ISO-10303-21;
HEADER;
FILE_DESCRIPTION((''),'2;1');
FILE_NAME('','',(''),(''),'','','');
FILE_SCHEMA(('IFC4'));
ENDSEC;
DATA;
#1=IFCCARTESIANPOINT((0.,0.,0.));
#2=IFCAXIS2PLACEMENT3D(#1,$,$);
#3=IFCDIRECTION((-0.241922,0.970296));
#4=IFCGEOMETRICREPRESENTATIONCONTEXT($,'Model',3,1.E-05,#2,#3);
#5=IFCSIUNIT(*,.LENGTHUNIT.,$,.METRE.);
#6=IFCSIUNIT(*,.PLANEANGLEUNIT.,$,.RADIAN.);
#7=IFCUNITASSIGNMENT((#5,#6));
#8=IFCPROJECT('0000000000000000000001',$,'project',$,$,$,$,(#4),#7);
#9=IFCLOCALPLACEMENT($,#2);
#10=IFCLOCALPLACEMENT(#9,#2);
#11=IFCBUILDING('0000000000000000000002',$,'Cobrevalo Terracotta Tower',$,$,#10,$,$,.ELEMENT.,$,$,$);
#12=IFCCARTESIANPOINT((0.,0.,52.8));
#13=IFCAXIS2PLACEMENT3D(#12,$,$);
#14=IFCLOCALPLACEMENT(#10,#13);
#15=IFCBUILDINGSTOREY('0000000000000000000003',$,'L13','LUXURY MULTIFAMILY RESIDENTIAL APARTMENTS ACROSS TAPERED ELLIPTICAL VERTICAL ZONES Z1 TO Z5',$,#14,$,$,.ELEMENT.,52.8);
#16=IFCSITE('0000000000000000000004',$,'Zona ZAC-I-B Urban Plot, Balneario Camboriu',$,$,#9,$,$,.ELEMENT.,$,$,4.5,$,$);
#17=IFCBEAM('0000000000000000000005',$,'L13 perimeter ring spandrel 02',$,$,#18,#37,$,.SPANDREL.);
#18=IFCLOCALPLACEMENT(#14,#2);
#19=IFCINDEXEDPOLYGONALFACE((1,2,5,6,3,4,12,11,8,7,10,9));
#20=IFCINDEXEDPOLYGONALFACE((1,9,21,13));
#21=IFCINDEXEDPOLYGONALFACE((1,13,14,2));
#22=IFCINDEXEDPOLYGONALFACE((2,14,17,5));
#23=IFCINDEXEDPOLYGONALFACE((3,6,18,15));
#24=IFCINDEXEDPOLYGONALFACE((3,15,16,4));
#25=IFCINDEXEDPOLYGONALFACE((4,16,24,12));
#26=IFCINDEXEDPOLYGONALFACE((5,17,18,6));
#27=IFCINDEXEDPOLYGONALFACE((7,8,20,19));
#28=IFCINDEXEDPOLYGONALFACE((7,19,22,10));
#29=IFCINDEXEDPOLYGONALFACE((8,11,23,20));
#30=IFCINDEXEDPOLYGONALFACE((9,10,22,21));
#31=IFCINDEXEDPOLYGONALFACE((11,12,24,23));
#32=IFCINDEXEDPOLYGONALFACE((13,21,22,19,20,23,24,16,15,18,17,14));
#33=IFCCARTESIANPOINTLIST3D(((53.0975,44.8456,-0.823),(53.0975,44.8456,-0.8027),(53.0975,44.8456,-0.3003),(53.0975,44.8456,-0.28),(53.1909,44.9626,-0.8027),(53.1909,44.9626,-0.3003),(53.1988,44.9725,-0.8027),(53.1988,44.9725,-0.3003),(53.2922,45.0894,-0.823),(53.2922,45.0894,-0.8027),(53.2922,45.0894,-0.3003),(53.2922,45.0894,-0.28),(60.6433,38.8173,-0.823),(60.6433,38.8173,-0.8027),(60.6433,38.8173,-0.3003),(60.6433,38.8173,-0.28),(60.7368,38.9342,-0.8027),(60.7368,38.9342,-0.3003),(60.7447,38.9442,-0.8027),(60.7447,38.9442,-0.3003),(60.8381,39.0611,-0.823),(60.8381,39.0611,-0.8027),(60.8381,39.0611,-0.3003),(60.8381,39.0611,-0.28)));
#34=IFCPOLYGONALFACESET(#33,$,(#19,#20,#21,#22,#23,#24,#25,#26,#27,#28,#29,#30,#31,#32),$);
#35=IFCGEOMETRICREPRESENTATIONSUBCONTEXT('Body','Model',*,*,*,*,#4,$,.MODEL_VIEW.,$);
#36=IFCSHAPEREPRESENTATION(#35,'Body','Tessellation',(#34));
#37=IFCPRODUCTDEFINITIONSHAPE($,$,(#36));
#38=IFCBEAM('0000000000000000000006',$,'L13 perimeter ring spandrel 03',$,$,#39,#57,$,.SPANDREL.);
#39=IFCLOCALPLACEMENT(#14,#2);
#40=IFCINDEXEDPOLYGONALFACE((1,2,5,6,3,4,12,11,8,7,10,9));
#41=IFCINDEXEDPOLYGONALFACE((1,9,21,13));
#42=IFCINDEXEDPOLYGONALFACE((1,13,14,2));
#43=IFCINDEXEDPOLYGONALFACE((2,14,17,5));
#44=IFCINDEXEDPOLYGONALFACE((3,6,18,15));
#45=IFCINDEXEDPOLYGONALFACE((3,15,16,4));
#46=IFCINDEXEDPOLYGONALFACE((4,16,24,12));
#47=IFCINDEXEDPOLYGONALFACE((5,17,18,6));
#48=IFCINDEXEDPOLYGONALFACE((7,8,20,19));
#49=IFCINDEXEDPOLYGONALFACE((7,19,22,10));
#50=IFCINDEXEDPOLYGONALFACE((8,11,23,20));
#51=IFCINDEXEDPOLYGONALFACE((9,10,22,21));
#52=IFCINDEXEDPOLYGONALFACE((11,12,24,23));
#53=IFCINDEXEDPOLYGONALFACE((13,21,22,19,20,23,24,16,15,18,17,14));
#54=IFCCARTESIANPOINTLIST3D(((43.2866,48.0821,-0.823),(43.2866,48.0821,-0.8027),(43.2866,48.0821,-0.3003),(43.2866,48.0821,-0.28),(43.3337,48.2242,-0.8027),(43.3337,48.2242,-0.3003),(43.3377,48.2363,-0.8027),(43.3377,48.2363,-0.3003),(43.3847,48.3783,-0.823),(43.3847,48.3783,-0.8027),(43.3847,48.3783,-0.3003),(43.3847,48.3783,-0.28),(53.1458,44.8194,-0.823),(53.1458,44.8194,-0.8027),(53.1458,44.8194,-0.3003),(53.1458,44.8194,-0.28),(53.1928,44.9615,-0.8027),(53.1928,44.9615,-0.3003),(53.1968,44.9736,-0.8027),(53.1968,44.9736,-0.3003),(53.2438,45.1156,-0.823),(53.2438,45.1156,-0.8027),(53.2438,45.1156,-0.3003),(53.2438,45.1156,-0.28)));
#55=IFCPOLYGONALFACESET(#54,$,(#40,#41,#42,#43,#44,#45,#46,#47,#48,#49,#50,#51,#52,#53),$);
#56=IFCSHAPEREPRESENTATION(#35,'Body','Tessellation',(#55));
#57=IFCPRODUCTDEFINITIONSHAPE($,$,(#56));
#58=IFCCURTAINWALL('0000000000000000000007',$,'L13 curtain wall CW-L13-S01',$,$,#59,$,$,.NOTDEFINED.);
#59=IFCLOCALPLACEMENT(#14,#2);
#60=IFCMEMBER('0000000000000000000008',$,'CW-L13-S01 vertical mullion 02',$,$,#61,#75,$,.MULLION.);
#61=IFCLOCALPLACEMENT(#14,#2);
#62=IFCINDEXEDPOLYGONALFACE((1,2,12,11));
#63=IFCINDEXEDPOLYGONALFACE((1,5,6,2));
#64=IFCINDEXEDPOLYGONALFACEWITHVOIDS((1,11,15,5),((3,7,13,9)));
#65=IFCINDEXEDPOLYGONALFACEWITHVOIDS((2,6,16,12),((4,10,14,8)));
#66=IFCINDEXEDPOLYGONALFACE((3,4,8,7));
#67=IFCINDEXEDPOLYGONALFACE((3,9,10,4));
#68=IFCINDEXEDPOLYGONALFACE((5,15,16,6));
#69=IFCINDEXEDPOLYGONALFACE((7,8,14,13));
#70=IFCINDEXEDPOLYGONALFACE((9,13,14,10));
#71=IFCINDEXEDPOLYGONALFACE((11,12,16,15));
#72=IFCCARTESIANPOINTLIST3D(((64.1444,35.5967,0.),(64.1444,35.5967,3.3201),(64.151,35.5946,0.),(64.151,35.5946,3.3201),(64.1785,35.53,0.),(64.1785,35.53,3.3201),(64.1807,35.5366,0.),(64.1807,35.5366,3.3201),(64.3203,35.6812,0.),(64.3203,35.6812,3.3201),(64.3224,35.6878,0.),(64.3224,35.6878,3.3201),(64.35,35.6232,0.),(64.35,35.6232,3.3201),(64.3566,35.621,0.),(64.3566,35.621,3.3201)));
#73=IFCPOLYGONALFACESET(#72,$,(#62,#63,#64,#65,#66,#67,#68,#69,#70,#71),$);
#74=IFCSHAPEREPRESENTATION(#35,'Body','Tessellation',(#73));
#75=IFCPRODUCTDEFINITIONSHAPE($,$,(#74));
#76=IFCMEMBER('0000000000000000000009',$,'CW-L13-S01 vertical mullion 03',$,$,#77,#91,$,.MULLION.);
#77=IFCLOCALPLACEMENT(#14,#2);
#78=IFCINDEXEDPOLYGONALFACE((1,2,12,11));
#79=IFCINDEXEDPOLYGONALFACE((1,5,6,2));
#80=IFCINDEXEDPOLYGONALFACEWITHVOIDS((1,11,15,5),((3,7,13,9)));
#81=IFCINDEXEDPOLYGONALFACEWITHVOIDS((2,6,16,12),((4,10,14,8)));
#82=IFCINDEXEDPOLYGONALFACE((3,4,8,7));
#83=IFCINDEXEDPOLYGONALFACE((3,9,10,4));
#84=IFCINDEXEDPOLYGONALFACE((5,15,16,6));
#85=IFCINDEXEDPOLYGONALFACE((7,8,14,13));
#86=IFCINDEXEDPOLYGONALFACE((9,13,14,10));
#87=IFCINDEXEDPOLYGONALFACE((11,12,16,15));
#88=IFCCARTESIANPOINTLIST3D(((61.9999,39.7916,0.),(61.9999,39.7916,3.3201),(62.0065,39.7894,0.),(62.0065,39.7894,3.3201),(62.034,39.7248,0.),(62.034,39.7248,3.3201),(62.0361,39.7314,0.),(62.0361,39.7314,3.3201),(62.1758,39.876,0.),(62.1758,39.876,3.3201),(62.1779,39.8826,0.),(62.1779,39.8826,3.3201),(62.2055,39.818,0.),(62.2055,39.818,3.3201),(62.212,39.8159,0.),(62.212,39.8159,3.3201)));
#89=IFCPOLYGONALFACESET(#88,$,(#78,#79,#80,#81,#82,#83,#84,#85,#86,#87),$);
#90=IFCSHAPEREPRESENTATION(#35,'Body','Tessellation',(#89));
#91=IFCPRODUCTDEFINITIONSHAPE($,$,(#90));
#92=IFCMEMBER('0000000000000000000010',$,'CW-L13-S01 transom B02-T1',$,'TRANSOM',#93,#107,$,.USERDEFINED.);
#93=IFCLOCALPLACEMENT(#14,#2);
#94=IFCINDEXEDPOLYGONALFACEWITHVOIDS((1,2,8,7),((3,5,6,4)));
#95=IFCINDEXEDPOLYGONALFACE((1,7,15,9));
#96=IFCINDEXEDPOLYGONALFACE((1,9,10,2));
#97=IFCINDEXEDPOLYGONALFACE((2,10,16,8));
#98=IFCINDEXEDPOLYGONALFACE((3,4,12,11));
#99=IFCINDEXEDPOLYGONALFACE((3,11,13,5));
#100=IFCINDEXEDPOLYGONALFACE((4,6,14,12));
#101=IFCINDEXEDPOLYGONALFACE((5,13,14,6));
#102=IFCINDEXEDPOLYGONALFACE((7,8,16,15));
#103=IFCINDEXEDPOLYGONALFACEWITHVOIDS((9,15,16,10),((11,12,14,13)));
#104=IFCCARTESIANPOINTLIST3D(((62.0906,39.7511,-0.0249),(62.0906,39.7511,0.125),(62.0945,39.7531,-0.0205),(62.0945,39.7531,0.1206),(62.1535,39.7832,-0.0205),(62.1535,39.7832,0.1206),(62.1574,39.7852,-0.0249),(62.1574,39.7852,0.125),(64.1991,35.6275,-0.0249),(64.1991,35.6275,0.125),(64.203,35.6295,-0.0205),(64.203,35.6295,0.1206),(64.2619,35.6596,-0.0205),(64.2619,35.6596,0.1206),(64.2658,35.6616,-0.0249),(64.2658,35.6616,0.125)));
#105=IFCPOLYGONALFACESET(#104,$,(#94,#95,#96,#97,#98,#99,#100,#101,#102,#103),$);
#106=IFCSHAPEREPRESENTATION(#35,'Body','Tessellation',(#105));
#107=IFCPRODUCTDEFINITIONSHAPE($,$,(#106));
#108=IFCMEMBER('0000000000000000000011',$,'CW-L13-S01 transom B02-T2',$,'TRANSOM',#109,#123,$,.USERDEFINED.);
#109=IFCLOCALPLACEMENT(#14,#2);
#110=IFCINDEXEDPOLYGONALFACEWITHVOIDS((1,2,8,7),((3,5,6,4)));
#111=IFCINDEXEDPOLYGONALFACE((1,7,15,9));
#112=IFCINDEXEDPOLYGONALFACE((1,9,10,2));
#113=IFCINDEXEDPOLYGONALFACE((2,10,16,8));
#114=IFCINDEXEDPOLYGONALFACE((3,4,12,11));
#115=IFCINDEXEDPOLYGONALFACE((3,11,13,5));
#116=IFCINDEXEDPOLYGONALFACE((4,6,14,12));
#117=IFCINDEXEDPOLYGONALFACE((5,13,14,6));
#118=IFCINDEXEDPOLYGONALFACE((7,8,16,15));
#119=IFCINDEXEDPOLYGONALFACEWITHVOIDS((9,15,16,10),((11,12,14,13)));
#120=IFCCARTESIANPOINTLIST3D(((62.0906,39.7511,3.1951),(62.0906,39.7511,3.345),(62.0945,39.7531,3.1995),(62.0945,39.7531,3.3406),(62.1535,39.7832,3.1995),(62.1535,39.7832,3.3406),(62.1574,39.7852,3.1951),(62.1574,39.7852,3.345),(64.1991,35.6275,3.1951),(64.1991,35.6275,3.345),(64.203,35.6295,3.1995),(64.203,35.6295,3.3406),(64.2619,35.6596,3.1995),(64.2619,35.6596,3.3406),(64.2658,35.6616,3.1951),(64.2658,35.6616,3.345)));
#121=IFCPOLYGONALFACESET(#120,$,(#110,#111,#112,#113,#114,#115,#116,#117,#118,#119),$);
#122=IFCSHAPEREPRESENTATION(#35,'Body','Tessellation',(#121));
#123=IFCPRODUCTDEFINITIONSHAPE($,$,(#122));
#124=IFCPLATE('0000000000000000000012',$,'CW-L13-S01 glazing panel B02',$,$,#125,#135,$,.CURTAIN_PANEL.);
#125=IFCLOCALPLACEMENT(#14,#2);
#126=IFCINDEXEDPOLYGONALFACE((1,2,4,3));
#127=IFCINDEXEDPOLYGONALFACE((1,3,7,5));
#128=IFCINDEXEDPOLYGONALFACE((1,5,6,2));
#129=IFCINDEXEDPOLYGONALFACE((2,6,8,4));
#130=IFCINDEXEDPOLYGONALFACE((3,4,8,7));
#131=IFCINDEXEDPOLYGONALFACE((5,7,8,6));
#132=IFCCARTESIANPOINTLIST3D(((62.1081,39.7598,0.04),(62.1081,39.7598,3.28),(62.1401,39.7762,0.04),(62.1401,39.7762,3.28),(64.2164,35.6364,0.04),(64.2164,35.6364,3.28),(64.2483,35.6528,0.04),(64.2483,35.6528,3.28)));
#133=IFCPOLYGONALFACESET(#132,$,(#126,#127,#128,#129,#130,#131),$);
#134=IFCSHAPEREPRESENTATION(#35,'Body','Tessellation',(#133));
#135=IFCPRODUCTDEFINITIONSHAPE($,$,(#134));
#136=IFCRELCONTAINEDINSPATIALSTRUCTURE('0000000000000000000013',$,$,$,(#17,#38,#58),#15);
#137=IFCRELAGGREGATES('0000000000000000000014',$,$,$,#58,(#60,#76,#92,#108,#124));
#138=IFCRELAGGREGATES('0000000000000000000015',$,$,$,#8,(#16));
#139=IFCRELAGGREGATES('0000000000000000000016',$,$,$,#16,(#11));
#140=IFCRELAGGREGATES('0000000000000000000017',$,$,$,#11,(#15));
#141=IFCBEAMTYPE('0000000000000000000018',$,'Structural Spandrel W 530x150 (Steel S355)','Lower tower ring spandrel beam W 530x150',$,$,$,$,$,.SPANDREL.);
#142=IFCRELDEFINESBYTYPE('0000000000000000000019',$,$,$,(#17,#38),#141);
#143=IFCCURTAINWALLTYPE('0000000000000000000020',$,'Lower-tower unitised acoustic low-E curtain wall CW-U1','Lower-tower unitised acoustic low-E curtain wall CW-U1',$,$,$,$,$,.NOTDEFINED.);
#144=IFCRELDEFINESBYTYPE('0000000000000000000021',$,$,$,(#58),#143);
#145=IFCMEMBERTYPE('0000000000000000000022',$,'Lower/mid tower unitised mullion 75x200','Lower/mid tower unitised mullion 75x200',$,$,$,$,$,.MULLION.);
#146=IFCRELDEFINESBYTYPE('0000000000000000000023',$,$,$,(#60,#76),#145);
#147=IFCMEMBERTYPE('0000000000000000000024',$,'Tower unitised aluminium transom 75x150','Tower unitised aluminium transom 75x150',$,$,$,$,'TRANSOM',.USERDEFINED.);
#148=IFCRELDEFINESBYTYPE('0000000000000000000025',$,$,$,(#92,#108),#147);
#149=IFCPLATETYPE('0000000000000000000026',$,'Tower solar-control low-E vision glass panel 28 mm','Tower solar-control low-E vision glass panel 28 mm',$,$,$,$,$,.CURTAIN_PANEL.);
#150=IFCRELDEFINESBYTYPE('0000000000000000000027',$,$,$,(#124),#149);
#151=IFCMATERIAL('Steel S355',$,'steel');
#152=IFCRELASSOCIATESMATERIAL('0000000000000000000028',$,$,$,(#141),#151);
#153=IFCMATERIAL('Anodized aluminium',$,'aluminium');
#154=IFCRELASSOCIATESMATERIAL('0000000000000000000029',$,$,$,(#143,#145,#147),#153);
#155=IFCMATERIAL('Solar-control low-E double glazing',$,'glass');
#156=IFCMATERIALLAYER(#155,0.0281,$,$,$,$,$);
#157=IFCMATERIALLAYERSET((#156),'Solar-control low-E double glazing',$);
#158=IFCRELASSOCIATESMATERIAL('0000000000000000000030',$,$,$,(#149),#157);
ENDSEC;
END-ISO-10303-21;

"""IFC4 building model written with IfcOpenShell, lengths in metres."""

from ifc_helpers import new_model, si_unit, direction, frame, origin, origin_2d, place, context, subcontext, project, spatial, rectangle, hollow_rectangle, i_section, extrude, source, transform, mapped, material, layer, layer_set, material_profile, profile_set, type_object, element, aggregate, save


model = new_model("IFC4")

# Units and contexts
model_context = context("Model", 3, precision=1e-05, world=origin(), true_north=direction((-0.241922, 0.970296)))
body_context = subcontext(model_context, "Body", "Model", "MODEL_VIEW")
ifc_project = project(units=[si_unit("LENGTHUNIT", "METRE"), si_unit("PLANEANGLEUNIT", "RADIAN")], contexts=[model_context])

# Site, building, storey
site_placement = place(None, origin())
site = spatial("IfcSite", under=ifc_project, at=site_placement, Name="Zona ZAC-I-B Urban Plot, Balneario Camboriu", CompositionType="ELEMENT", RefElevation=4.5)
building_placement = place(site_placement, origin())
building = spatial("IfcBuilding", under=site, at=building_placement, Name="Cobrevalo Terracotta Tower", CompositionType="ELEMENT")
storey_placement = place(building_placement, frame((0.0, 0.0, 52.8)))
storey = spatial("IfcBuildingStorey", under=building, at=storey_placement, Name="L13", Description="LUXURY MULTIFAMILY RESIDENTIAL APARTMENTS ACROSS TAPERED ELLIPTICAL VERTICAL ZONES Z1 TO Z5", CompositionType="ELEMENT", Elevation=52.8)

# Shared definitions
ifc_material_1 = material(Name="Steel S355", Category="steel")

# Beams
ifc_material_profile_1 = material_profile(ifc_material_1, i_section(OverallWidth=0.312, OverallDepth=0.543, WebThickness=0.0127, FlangeThickness=0.0203, at=origin_2d()), Name="W 530x150")
ifc_profile_set_1 = profile_set([ifc_material_profile_1], Name="Steel S355")
beam_type_1 = type_object("IfcBeamType", Name="Structural Spandrel W 530x150 (Steel S355)", Description="Lower tower ring spandrel beam W 530x150", PredefinedType="SPANDREL", material=ifc_profile_set_1)
beam_1_placement = place(storey_placement, frame((60.7407, 38.9392, -0.5515), z_axis=(-0.781293, 0.624165, 0.0), x_axis=(-0.624165, -0.781293, 0.0)))
element("IfcBeam", 1, at=beam_1_placement, inside=storey, type_object=beam_type_1, Name="L13 perimeter ring spandrel 02", PredefinedType="SPANDREL", context=body_context, shape_type="SweptSolid", body=[
    extrude(i_section(OverallWidth=0.312, OverallDepth=0.543, WebThickness=0.0127, FlangeThickness=0.0203, at=origin_2d()), origin(), (0.0, 0.0, 1.0), 9.6582),
])
beam_2_placement = place(storey_placement, frame((53.1948, 44.9675, -0.5515), z_axis=(-0.949365, 0.314175, 0.0), x_axis=(-0.314175, -0.949365, 0.0)))
element("IfcBeam", 2, at=beam_2_placement, inside=storey, type_object=beam_type_1, Name="L13 perimeter ring spandrel 03", PredefinedType="SPANDREL", context=body_context, shape_type="SweptSolid", body=[
    extrude(i_section(OverallWidth=0.312, OverallDepth=0.543, WebThickness=0.0127, FlangeThickness=0.0203, at=origin_2d()), origin(), (0.0, 0.0, 1.0), 10.385),
])

# Curtain wall, members, plate
ifc_material_2 = material(Name="Anodized aluminium", Category="aluminium")
curtain_wall_type = type_object("IfcCurtainWallType", Name="Lower-tower unitised acoustic low-E curtain wall CW-U1", Description="Lower-tower unitised acoustic low-E curtain wall CW-U1", PredefinedType="NOTDEFINED", material=ifc_material_2)
curtain_wall_placement = place(storey_placement, origin())
curtain_wall = element("IfcCurtainWall", 3, at=curtain_wall_placement, inside=storey, type_object=curtain_wall_type, Name="L13 curtain wall CW-L13-S01", PredefinedType="NOTDEFINED")
ifc_material_profile_2 = material_profile(ifc_material_2, hollow_rectangle(XDim=0.075, YDim=0.2, WallThickness=0.0049, at=origin_2d()), Name="CWM 75x200")
ifc_profile_set_2 = profile_set([ifc_material_profile_2], Name="Anodized aluminium")
member_type_1 = type_object("IfcMemberType", Name="Lower/mid tower unitised mullion 75x200", Description="Lower/mid tower unitised mullion 75x200", PredefinedType="MULLION", material=ifc_profile_set_2)
shared_shape_1 = source(origin(), body_context, "Body", "SweptSolid", [
    extrude(hollow_rectangle(XDim=0.075, YDim=0.2, WallThickness=0.0049, at=origin_2d()), origin(), (0.0, 0.0, 1.0), 3.3201),
])
member_1_placement = place(storey_placement, frame((64.2505, 35.6089, 0.0), z_axis=(0.0, 0.0, 1.0), x_axis=(-0.455234, 0.890372, 0.0)))
member_1 = element("IfcMember", 4, at=member_1_placement, type_object=member_type_1, Name="CW-L13-S01 vertical mullion 02", PredefinedType="MULLION", context=body_context, shape_type="MappedRepresentation", body=[
    mapped(shared_shape_1, transform((0.0, 0.0, 0.0), scale=1.0)),
])
member_2_placement = place(storey_placement, frame((62.106, 39.8037, 0.0), z_axis=(0.0, 0.0, 1.0), x_axis=(-0.455234, 0.890372, 0.0)))
member_2 = element("IfcMember", 5, at=member_2_placement, type_object=member_type_1, Name="CW-L13-S01 vertical mullion 03", PredefinedType="MULLION", context=body_context, shape_type="MappedRepresentation", body=[
    mapped(shared_shape_1, transform((0.0, 0.0, 0.0), scale=1.0)),
])
ifc_material_profile_3 = material_profile(ifc_material_2, hollow_rectangle(XDim=0.075, YDim=0.1499, WallThickness=0.0044, at=origin_2d()), Name="CWT 75x150")
ifc_profile_set_3 = profile_set([ifc_material_profile_3], Name="Anodized aluminium")
member_type_2 = type_object("IfcMemberType", Name="Tower unitised aluminium transom 75x150", Description="Tower unitised aluminium transom 75x150", ElementType="TRANSOM", PredefinedType="USERDEFINED", material=ifc_profile_set_3)
shared_shape_2 = source(origin(), body_context, "Body", "SweptSolid", [
    extrude(hollow_rectangle(XDim=0.075, YDim=0.1499, WallThickness=0.0044, at=origin_2d()), origin(), (0.0, 0.0, 1.0), 4.6313),
])
member_3_placement = place(storey_placement, frame((64.2324, 35.6445, 0.05), z_axis=(-0.45525, 0.890363, 0.0), x_axis=(-0.890363, -0.45525, 0.0)))
member_3 = element("IfcMember", 6, at=member_3_placement, type_object=member_type_2, Name="CW-L13-S01 transom B02-T1", ObjectType="TRANSOM", PredefinedType="USERDEFINED", context=body_context, shape_type="MappedRepresentation", body=[
    mapped(shared_shape_2, transform((0.0, 0.0, 0.0), scale=1.0)),
])
member_4_placement = place(storey_placement, frame((64.2324, 35.6445, 3.27), z_axis=(-0.45525, 0.890363, 0.0), x_axis=(-0.890363, -0.45525, 0.0)))
member_4 = element("IfcMember", 7, at=member_4_placement, type_object=member_type_2, Name="CW-L13-S01 transom B02-T2", ObjectType="TRANSOM", PredefinedType="USERDEFINED", context=body_context, shape_type="MappedRepresentation", body=[
    mapped(shared_shape_2, transform((0.0, 0.0, 0.0), scale=1.0)),
])
ifc_material_3 = material(Name="Solar-control low-E double glazing", Category="glass")
ifc_layer_1 = layer(ifc_material_3, 0.0281)
ifc_layer_set_1 = layer_set([ifc_layer_1], Name="Solar-control low-E double glazing")
plate_type = type_object("IfcPlateType", Name="Tower solar-control low-E vision glass panel 28 mm", Description="Tower solar-control low-E vision glass panel 28 mm", PredefinedType="CURTAIN_PANEL", material=ifc_layer_set_1)
shared_shape_3 = source(origin(), body_context, "Body", "SweptSolid", [
    extrude(rectangle(XDim=4.6311, YDim=0.0359, at=origin_2d()), origin(), (0.0, 0.0, 1.0), 3.24),
])
plate_placement = place(storey_placement, frame((63.1782, 37.7063, 0.04), z_axis=(0.0, 0.0, 1.0), x_axis=(-0.455231, 0.890373, 0.0)))
plate = element("IfcPlate", 8, at=plate_placement, type_object=plate_type, Name="CW-L13-S01 glazing panel B02", PredefinedType="CURTAIN_PANEL", context=body_context, shape_type="MappedRepresentation", body=[
    mapped(shared_shape_3, transform((0.0, 0.0, 0.0), scale=1.0)),
])
aggregate(curtain_wall, [member_1, member_2, member_3, member_4, plate])

save(model, "model.ifc")
